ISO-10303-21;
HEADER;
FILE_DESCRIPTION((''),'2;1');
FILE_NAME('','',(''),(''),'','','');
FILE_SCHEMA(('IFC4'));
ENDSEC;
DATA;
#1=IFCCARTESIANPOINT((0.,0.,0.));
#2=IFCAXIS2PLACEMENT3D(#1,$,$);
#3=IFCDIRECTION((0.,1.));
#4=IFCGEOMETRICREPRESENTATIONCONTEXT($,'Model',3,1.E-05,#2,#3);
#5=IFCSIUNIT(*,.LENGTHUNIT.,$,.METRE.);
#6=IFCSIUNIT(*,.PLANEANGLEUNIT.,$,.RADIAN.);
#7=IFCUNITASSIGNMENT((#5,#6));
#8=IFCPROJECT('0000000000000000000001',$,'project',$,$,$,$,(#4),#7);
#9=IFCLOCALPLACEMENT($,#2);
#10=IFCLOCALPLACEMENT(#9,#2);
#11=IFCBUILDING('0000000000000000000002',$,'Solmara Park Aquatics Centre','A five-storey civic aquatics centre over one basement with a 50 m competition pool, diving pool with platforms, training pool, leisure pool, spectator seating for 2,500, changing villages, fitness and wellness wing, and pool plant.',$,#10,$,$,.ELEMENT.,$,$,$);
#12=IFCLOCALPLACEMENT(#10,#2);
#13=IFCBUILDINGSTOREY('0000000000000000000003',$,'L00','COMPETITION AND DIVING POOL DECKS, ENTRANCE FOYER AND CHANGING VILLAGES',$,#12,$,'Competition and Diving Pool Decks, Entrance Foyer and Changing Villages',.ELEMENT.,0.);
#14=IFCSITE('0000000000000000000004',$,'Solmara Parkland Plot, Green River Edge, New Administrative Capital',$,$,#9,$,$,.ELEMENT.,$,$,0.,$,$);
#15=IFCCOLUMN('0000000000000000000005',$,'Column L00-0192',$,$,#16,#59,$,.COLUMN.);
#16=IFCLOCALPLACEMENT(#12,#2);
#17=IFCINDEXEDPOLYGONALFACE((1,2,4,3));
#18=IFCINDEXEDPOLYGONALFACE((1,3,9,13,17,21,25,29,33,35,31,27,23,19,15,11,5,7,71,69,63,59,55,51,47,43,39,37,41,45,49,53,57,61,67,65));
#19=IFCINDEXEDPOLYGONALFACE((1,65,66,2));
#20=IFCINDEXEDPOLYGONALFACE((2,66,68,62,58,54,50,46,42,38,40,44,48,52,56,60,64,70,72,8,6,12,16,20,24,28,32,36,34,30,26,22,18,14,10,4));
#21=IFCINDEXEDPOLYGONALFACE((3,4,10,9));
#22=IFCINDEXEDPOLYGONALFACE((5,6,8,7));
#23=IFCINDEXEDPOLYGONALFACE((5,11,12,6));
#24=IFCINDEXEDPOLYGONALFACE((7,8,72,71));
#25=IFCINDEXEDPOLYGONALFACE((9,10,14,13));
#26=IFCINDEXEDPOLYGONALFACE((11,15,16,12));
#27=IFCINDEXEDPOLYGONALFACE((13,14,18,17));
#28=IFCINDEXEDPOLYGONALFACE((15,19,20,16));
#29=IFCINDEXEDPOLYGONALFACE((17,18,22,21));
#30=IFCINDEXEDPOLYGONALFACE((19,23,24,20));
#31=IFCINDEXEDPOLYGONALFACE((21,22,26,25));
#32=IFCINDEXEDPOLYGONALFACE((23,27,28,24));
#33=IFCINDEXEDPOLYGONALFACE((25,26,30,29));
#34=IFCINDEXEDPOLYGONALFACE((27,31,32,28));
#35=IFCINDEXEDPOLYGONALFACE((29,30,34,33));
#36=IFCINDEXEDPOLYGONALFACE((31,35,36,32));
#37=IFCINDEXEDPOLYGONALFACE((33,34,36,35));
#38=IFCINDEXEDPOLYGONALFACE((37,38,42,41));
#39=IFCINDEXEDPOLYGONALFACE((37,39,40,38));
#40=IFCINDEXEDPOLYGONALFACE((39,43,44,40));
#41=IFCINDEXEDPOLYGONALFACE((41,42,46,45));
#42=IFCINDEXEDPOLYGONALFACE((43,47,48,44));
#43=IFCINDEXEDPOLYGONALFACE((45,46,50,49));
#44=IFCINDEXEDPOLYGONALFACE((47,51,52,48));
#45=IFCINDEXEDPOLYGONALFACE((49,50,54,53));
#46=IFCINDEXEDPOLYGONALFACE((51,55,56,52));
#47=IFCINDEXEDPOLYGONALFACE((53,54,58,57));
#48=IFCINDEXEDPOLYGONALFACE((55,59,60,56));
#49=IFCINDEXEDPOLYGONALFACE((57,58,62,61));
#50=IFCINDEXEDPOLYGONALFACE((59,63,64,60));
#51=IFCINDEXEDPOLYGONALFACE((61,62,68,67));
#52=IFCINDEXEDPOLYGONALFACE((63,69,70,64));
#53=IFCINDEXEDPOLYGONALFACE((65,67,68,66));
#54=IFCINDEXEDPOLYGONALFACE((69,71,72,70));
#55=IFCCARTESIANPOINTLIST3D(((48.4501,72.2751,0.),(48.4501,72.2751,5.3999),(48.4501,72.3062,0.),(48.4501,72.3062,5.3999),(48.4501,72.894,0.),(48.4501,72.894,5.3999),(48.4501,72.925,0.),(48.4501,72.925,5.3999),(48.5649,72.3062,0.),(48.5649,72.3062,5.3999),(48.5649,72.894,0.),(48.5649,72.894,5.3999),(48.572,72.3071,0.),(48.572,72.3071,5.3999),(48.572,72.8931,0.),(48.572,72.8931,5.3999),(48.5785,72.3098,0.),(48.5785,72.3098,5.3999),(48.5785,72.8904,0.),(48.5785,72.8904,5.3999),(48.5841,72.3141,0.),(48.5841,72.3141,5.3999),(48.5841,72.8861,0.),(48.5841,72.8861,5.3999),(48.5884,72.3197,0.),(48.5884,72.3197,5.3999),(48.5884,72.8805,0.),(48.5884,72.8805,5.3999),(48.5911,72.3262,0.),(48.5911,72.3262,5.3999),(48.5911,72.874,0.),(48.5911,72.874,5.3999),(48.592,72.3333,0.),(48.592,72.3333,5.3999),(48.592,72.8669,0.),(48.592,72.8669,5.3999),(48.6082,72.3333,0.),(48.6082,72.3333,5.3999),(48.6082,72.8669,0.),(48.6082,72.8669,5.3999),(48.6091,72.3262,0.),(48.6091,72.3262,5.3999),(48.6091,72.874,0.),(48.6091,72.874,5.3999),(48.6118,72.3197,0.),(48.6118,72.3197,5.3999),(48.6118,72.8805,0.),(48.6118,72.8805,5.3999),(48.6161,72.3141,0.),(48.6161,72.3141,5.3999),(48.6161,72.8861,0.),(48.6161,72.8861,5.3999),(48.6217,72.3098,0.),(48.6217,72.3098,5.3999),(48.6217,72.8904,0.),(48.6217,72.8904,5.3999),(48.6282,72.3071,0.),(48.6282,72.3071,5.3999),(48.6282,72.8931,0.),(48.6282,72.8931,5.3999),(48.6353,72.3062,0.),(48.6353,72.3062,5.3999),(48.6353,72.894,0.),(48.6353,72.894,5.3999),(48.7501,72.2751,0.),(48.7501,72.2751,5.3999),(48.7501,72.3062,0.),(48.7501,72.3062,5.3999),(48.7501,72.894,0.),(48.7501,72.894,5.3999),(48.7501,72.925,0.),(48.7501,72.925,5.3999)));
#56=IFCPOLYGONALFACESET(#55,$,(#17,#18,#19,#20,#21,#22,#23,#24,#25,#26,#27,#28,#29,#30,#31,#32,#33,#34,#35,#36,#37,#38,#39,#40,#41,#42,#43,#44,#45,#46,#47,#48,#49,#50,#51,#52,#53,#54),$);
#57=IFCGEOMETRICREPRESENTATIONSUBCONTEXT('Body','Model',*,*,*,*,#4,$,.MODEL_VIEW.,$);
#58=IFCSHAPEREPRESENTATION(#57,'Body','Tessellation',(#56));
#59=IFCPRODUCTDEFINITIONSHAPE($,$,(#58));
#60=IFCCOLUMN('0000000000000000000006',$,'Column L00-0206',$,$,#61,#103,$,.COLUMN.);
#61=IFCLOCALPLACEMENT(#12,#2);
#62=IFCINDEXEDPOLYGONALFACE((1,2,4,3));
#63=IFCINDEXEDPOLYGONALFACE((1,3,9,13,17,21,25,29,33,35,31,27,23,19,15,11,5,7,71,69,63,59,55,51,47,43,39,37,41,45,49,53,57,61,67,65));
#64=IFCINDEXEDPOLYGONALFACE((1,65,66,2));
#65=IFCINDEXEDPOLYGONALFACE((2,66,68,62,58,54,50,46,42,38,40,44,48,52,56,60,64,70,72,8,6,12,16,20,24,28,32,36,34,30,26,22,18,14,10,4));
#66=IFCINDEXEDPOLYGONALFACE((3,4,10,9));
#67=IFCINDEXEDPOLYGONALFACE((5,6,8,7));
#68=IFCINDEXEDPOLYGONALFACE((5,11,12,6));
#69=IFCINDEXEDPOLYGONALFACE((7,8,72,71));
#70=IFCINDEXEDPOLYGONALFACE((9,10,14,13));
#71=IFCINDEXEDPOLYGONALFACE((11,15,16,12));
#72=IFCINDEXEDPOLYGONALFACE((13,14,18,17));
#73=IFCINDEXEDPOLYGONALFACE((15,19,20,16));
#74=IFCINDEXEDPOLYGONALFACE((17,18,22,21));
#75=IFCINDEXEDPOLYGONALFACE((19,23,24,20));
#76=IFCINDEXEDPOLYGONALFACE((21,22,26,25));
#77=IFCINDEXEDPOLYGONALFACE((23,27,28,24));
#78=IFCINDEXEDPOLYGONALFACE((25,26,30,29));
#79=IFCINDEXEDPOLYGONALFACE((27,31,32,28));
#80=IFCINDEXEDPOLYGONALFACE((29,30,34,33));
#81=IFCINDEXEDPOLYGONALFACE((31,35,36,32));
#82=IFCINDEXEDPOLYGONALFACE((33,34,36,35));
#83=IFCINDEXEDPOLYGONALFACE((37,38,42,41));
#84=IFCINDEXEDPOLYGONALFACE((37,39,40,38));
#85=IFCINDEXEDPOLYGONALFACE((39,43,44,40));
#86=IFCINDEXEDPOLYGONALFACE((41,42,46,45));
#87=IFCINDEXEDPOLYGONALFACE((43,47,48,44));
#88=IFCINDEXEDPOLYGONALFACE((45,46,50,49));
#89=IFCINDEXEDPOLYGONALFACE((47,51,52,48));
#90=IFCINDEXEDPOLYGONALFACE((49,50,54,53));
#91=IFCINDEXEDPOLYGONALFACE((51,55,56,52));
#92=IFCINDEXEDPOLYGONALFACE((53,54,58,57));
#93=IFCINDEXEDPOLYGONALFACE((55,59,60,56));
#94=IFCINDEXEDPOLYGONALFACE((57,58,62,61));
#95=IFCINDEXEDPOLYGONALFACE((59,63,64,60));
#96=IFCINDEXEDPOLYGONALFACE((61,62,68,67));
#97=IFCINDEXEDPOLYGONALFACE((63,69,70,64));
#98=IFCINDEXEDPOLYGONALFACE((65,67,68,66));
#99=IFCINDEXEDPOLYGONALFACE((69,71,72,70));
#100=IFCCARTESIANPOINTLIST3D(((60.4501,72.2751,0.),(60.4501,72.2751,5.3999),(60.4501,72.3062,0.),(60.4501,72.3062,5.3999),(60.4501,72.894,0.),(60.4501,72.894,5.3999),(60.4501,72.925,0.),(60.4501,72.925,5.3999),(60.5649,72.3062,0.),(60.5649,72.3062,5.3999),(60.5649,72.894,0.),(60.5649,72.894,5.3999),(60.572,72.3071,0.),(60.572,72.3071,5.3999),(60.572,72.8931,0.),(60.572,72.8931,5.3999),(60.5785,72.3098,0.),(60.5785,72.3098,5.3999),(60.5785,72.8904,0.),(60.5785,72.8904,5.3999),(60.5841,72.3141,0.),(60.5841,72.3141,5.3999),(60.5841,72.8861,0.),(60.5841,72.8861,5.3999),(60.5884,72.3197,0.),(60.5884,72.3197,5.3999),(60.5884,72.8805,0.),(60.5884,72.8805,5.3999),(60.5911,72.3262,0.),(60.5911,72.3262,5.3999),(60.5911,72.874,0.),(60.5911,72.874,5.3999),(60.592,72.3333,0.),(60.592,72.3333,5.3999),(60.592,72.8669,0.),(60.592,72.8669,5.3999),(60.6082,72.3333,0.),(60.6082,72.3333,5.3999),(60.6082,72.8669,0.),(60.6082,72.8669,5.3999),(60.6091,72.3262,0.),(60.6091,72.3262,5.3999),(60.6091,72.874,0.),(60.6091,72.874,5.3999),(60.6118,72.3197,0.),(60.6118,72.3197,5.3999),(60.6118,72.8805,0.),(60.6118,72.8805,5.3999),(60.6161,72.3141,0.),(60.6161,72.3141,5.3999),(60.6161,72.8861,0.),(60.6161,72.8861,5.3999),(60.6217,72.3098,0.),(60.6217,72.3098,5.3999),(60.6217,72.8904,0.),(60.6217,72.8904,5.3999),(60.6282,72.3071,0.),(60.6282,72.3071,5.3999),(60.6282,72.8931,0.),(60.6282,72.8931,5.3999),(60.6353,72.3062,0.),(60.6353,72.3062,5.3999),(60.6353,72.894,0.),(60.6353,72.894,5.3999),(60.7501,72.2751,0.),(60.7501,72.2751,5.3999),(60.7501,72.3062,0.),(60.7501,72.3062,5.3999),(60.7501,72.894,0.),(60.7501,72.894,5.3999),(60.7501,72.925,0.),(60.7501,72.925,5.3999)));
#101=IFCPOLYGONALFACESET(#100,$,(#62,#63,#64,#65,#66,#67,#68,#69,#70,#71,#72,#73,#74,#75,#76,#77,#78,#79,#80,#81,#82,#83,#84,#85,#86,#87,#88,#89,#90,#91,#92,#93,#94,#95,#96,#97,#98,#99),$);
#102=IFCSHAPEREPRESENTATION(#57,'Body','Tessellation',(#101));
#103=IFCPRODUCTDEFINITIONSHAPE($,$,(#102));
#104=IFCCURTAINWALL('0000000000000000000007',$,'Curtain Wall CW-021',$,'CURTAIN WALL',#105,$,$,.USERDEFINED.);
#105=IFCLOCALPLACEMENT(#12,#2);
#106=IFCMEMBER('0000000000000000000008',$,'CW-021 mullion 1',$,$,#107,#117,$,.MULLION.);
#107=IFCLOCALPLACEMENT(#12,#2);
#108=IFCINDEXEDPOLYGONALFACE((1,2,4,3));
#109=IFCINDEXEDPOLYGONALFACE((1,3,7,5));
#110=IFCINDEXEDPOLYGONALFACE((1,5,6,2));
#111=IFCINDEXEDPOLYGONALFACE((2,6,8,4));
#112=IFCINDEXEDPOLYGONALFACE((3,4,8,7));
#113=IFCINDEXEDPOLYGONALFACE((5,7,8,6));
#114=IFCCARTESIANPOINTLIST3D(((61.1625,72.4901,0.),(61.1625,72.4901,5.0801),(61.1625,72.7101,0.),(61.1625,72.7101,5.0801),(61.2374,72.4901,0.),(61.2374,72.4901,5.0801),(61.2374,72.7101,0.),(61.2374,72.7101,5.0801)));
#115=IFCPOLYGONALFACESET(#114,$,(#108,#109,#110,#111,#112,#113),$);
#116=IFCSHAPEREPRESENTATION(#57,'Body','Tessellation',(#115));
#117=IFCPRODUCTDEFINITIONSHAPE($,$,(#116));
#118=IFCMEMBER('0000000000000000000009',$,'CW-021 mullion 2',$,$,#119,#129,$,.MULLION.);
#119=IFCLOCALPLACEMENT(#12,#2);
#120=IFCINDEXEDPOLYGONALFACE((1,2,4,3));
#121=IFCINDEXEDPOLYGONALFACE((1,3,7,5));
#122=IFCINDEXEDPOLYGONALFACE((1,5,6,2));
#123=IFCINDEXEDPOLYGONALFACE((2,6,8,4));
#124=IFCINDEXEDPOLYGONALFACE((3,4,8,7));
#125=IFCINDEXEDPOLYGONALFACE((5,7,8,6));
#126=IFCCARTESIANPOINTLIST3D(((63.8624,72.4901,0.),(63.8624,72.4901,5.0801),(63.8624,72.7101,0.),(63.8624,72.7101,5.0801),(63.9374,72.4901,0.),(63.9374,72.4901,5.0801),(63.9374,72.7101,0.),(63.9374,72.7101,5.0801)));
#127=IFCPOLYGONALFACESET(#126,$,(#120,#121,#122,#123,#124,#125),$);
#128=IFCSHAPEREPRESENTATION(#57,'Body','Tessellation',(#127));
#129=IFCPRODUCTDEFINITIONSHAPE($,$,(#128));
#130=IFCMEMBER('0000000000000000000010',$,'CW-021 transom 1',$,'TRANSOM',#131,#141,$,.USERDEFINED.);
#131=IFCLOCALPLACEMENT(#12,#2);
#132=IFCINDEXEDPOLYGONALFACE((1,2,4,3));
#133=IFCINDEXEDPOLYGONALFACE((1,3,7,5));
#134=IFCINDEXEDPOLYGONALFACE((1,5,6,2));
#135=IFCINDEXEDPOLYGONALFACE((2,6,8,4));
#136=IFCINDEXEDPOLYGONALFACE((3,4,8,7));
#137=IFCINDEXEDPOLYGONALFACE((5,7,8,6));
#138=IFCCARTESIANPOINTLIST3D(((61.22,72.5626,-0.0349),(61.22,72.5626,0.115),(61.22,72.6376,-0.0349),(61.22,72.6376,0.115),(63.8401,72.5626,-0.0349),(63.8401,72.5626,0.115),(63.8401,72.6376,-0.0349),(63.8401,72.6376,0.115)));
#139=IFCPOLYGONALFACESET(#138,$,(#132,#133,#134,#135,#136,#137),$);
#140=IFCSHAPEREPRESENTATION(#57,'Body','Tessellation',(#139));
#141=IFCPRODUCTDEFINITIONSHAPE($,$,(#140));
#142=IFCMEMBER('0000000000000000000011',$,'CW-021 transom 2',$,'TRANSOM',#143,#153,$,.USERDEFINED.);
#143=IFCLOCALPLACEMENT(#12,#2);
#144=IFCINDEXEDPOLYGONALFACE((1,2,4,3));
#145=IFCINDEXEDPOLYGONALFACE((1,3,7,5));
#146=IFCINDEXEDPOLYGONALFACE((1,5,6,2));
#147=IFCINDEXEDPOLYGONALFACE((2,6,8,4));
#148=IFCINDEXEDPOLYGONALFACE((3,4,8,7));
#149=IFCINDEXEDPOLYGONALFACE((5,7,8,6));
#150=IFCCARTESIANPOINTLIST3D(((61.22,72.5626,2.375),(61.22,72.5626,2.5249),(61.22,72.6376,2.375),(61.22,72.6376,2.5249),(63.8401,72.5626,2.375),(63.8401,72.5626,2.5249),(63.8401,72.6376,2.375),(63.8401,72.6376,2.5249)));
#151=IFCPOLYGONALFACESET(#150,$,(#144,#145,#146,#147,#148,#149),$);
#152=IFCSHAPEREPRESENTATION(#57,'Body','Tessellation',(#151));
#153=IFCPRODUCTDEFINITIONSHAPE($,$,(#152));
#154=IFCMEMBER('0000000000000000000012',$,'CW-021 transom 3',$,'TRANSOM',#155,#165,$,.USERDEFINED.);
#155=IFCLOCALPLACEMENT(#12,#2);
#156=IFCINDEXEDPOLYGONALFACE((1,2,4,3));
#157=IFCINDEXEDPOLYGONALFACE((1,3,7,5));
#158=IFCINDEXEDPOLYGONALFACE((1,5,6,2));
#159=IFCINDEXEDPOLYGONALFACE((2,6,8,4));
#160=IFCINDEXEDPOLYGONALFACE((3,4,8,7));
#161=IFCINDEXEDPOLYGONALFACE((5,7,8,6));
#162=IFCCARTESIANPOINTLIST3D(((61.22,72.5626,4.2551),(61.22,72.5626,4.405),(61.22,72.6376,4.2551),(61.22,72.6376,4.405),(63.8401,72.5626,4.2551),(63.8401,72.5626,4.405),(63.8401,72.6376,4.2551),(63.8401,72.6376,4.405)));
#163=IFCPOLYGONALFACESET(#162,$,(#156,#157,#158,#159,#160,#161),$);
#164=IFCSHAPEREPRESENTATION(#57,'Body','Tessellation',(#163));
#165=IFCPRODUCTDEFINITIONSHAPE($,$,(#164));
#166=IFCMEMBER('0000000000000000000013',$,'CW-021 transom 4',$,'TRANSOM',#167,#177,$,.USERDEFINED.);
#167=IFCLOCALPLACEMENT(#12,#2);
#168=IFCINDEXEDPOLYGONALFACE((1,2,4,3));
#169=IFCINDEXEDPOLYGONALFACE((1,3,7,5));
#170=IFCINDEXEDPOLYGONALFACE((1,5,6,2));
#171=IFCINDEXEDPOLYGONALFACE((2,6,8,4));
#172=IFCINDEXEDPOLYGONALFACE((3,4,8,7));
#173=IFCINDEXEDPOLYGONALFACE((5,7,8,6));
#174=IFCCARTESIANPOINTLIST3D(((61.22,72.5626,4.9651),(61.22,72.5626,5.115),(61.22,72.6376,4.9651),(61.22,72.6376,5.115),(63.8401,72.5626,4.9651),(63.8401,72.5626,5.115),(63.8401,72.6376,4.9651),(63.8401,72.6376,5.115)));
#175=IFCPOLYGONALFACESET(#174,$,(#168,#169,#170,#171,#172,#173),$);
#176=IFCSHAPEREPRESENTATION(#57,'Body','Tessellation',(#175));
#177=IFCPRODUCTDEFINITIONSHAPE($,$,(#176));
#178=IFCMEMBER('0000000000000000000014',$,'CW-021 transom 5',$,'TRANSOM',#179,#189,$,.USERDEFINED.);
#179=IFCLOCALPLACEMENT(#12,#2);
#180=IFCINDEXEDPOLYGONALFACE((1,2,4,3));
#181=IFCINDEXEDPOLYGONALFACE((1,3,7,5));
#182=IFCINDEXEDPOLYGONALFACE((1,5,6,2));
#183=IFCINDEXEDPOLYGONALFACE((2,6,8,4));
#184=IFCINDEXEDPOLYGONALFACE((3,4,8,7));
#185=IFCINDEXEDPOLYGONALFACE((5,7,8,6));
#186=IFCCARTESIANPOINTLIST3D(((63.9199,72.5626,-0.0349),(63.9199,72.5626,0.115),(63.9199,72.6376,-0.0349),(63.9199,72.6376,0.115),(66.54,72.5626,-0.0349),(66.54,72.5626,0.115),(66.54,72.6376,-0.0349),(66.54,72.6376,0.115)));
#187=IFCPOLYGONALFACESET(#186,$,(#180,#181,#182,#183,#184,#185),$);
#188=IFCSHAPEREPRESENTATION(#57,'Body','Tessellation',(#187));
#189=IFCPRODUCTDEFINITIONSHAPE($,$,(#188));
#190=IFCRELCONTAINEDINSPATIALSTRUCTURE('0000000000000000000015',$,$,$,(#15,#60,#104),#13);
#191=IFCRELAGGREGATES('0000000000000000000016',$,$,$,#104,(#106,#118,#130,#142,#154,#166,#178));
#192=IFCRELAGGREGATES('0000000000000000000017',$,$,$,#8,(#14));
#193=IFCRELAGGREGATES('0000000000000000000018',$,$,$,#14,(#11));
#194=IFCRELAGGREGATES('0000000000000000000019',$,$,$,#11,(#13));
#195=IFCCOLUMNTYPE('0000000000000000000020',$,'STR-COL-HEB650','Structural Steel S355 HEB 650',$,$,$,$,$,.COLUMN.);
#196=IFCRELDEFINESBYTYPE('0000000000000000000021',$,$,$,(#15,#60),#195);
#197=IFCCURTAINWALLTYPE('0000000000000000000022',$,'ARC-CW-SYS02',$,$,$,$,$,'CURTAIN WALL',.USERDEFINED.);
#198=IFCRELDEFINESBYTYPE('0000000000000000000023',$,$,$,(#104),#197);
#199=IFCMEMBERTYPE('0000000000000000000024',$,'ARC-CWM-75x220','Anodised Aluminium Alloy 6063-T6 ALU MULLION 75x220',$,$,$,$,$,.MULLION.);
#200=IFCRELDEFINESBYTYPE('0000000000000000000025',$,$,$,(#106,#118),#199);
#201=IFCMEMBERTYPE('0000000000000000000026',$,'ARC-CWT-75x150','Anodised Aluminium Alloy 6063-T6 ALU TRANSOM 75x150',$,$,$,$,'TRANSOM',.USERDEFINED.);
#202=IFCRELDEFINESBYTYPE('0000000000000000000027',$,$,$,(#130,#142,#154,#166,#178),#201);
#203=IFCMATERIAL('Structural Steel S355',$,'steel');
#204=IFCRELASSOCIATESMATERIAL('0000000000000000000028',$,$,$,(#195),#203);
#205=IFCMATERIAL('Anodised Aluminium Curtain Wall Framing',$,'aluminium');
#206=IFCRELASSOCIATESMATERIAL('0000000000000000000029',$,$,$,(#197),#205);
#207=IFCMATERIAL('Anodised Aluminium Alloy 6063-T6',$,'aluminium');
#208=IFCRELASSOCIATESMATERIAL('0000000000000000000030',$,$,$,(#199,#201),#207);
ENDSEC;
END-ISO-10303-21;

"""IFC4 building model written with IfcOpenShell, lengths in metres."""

from ifc_helpers import new_model, si_unit, direction, frame, origin, origin_2d, place, context, subcontext, project, spatial, rectangle, i_section, extrude, material, material_profile, profile_set, type_object, element, aggregate, save


model = new_model("IFC4")

# Units and contexts
model_context = context("Model", 3, precision=1e-05, world=origin(), true_north=direction((0.0, 1.0)))
body_context = subcontext(model_context, "Body", "Model", "MODEL_VIEW")
ifc_project = project(units=[si_unit("LENGTHUNIT", "METRE"), si_unit("PLANEANGLEUNIT", "RADIAN")], contexts=[model_context])

# Site, building, storey
site_placement = place(None, origin())
site = spatial("IfcSite", under=ifc_project, at=site_placement, Name="Solmara Parkland Plot, Green River Edge, New Administrative Capital", CompositionType="ELEMENT", RefElevation=0.0)
building_placement = place(site_placement, origin())
building = spatial("IfcBuilding", under=site, at=building_placement, Name="Solmara Park Aquatics Centre", Description="A five-storey civic aquatics centre over one basement with a 50 m competition pool, diving pool with platforms, training pool, leisure pool, spectator seating for 2,500, changing villages, fitness and wellness wing, and pool plant.", CompositionType="ELEMENT")
storey_placement = place(building_placement, origin())
storey = spatial("IfcBuildingStorey", under=building, at=storey_placement, Name="L00", Description="COMPETITION AND DIVING POOL DECKS, ENTRANCE FOYER AND CHANGING VILLAGES", LongName="Competition and Diving Pool Decks, Entrance Foyer and Changing Villages", CompositionType="ELEMENT", Elevation=0.0)

# Columns
ifc_material_1 = material(Name="Structural Steel S355", Category="steel")
ifc_material_profile_1 = material_profile(ifc_material_1, i_section(OverallWidth=0.3, OverallDepth=0.6499, WebThickness=0.0161, FlangeThickness=0.031, FilletRadius=0.0271, at=origin_2d()), Name="HEB 650")
ifc_profile_set_1 = profile_set([ifc_material_profile_1], Name="Structural Steel S355")
column_type_1 = type_object("IfcColumnType", Name="STR-COL-HEB650", Description="Structural Steel S355 HEB 650", PredefinedType="COLUMN", material=ifc_profile_set_1)
for number, where, z_axis, x_axis, name in (
    (1, (48.6001, 72.6001, 0.0), (0.0, 0.0, 1.0), (1.0, 0.0, 0.0), "Column L00-0192"),
    (2, (60.6001, 72.6001, 0.0), (0.0, 0.0, 1.0), (1.0, 0.0, 0.0), "Column L00-0206"),
):
    element("IfcColumn", number, at=place(storey_placement, frame(where, z_axis=z_axis, x_axis=x_axis)), inside=storey, type_object=column_type_1, Name=name, PredefinedType="COLUMN", context=body_context, shape_type="SweptSolid", body=[
        extrude(i_section(OverallWidth=0.3, OverallDepth=0.6499, WebThickness=0.0161, FlangeThickness=0.031, FilletRadius=0.0271, at=origin_2d()), origin(), (0.0, 0.0, 1.0), 5.3999),
    ])

# Curtain wall, members
ifc_material_2 = material(Name="Anodised Aluminium Curtain Wall Framing", Category="aluminium")
curtain_wall_type = type_object("IfcCurtainWallType", Name="ARC-CW-SYS02", ElementType="CURTAIN WALL", PredefinedType="USERDEFINED", material=ifc_material_2)
curtain_wall_placement = place(storey_placement, origin())
curtain_wall = element("IfcCurtainWall", 3, at=curtain_wall_placement, inside=storey, type_object=curtain_wall_type, Name="Curtain Wall CW-021", ObjectType="CURTAIN WALL", PredefinedType="USERDEFINED")
ifc_material_3 = material(Name="Anodised Aluminium Alloy 6063-T6", Category="aluminium")
ifc_material_profile_2 = material_profile(ifc_material_3, rectangle(XDim=0.075, YDim=0.22, at=origin_2d()), Name="ALU MULLION 75x220")
ifc_profile_set_2 = profile_set([ifc_material_profile_2], Name="Anodised Aluminium Alloy 6063-T6")
member_type_1 = type_object("IfcMemberType", Name="ARC-CWM-75x220", Description="Anodised Aluminium Alloy 6063-T6 ALU MULLION 75x220", PredefinedType="MULLION", material=ifc_profile_set_2)
member_1_placement = place(storey_placement, frame((61.2, 72.6001, 0.0), z_axis=(0.0, 0.0, 1.0), x_axis=(1.0, 0.0, 0.0)))
member_1 = element("IfcMember", 4, at=member_1_placement, type_object=member_type_1, Name="CW-021 mullion 1", PredefinedType="MULLION", context=body_context, shape_type="SweptSolid", body=[
    extrude(rectangle(XDim=0.075, YDim=0.22, at=origin_2d()), origin(), (0.0, 0.0, 1.0), 5.0801),
])
member_2_placement = place(storey_placement, frame((63.8999, 72.6001, 0.0), z_axis=(0.0, 0.0, 1.0), x_axis=(1.0, 0.0, 0.0)))
member_2 = element("IfcMember", 5, at=member_2_placement, type_object=member_type_1, Name="CW-021 mullion 2", PredefinedType="MULLION", context=body_context, shape_type="SweptSolid", body=[
    extrude(rectangle(XDim=0.075, YDim=0.22, at=origin_2d()), origin(), (0.0, 0.0, 1.0), 5.0801),
])
ifc_material_profile_3 = material_profile(ifc_material_3, rectangle(XDim=0.075, YDim=0.1499, at=origin_2d()), Name="ALU TRANSOM 75x150")
ifc_profile_set_3 = profile_set([ifc_material_profile_3], Name="Anodised Aluminium Alloy 6063-T6")
member_type_2 = type_object("IfcMemberType", Name="ARC-CWT-75x150", Description="Anodised Aluminium Alloy 6063-T6 ALU TRANSOM 75x150", ElementType="TRANSOM", PredefinedType="USERDEFINED", material=ifc_profile_set_3)
member_3_placement = place(storey_placement, frame((61.22, 72.6001, 0.04), z_axis=(1.0, 0.0, 0.0), x_axis=(0.0, 1.0, 0.0)))
member_3 = element("IfcMember", 6, at=member_3_placement, type_object=member_type_2, Name="CW-021 transom 1", ObjectType="TRANSOM", PredefinedType="USERDEFINED", context=body_context, shape_type="SweptSolid", body=[
    extrude(rectangle(XDim=0.075, YDim=0.1499, at=origin_2d()), origin(), (0.0, 0.0, 1.0), 2.6201),
])
member_4_placement = place(storey_placement, frame((61.22, 72.6001, 2.45), z_axis=(1.0, 0.0, 0.0), x_axis=(0.0, 1.0, 0.0)))
member_4 = element("IfcMember", 7, at=member_4_placement, type_object=member_type_2, Name="CW-021 transom 2", ObjectType="TRANSOM", PredefinedType="USERDEFINED", context=body_context, shape_type="SweptSolid", body=[
    extrude(rectangle(XDim=0.075, YDim=0.1499, at=origin_2d()), origin(), (0.0, 0.0, 1.0), 2.6201),
])
member_5_placement = place(storey_placement, frame((61.22, 72.6001, 4.3301), z_axis=(1.0, 0.0, 0.0), x_axis=(0.0, 1.0, 0.0)))
member_5 = element("IfcMember", 8, at=member_5_placement, type_object=member_type_2, Name="CW-021 transom 3", ObjectType="TRANSOM", PredefinedType="USERDEFINED", context=body_context, shape_type="SweptSolid", body=[
    extrude(rectangle(XDim=0.075, YDim=0.1499, at=origin_2d()), origin(), (0.0, 0.0, 1.0), 2.6201),
])
member_6_placement = place(storey_placement, frame((61.22, 72.6001, 5.04), z_axis=(1.0, 0.0, 0.0), x_axis=(0.0, 1.0, 0.0)))
member_6 = element("IfcMember", 9, at=member_6_placement, type_object=member_type_2, Name="CW-021 transom 4", ObjectType="TRANSOM", PredefinedType="USERDEFINED", context=body_context, shape_type="SweptSolid", body=[
    extrude(rectangle(XDim=0.075, YDim=0.1499, at=origin_2d()), origin(), (0.0, 0.0, 1.0), 2.6201),
])
member_7_placement = place(storey_placement, frame((63.9199, 72.6001, 0.04), z_axis=(1.0, 0.0, 0.0), x_axis=(0.0, 1.0, 0.0)))
member_7 = element("IfcMember", 10, at=member_7_placement, type_object=member_type_2, Name="CW-021 transom 5", ObjectType="TRANSOM", PredefinedType="USERDEFINED", context=body_context, shape_type="SweptSolid", body=[
    extrude(rectangle(XDim=0.075, YDim=0.1499, at=origin_2d()), origin(), (0.0, 0.0, 1.0), 2.6201),
])

aggregate(curtain_wall, [member_1, member_2, member_3, member_4, member_5, member_6, member_7])

save(model, "model.ifc")
